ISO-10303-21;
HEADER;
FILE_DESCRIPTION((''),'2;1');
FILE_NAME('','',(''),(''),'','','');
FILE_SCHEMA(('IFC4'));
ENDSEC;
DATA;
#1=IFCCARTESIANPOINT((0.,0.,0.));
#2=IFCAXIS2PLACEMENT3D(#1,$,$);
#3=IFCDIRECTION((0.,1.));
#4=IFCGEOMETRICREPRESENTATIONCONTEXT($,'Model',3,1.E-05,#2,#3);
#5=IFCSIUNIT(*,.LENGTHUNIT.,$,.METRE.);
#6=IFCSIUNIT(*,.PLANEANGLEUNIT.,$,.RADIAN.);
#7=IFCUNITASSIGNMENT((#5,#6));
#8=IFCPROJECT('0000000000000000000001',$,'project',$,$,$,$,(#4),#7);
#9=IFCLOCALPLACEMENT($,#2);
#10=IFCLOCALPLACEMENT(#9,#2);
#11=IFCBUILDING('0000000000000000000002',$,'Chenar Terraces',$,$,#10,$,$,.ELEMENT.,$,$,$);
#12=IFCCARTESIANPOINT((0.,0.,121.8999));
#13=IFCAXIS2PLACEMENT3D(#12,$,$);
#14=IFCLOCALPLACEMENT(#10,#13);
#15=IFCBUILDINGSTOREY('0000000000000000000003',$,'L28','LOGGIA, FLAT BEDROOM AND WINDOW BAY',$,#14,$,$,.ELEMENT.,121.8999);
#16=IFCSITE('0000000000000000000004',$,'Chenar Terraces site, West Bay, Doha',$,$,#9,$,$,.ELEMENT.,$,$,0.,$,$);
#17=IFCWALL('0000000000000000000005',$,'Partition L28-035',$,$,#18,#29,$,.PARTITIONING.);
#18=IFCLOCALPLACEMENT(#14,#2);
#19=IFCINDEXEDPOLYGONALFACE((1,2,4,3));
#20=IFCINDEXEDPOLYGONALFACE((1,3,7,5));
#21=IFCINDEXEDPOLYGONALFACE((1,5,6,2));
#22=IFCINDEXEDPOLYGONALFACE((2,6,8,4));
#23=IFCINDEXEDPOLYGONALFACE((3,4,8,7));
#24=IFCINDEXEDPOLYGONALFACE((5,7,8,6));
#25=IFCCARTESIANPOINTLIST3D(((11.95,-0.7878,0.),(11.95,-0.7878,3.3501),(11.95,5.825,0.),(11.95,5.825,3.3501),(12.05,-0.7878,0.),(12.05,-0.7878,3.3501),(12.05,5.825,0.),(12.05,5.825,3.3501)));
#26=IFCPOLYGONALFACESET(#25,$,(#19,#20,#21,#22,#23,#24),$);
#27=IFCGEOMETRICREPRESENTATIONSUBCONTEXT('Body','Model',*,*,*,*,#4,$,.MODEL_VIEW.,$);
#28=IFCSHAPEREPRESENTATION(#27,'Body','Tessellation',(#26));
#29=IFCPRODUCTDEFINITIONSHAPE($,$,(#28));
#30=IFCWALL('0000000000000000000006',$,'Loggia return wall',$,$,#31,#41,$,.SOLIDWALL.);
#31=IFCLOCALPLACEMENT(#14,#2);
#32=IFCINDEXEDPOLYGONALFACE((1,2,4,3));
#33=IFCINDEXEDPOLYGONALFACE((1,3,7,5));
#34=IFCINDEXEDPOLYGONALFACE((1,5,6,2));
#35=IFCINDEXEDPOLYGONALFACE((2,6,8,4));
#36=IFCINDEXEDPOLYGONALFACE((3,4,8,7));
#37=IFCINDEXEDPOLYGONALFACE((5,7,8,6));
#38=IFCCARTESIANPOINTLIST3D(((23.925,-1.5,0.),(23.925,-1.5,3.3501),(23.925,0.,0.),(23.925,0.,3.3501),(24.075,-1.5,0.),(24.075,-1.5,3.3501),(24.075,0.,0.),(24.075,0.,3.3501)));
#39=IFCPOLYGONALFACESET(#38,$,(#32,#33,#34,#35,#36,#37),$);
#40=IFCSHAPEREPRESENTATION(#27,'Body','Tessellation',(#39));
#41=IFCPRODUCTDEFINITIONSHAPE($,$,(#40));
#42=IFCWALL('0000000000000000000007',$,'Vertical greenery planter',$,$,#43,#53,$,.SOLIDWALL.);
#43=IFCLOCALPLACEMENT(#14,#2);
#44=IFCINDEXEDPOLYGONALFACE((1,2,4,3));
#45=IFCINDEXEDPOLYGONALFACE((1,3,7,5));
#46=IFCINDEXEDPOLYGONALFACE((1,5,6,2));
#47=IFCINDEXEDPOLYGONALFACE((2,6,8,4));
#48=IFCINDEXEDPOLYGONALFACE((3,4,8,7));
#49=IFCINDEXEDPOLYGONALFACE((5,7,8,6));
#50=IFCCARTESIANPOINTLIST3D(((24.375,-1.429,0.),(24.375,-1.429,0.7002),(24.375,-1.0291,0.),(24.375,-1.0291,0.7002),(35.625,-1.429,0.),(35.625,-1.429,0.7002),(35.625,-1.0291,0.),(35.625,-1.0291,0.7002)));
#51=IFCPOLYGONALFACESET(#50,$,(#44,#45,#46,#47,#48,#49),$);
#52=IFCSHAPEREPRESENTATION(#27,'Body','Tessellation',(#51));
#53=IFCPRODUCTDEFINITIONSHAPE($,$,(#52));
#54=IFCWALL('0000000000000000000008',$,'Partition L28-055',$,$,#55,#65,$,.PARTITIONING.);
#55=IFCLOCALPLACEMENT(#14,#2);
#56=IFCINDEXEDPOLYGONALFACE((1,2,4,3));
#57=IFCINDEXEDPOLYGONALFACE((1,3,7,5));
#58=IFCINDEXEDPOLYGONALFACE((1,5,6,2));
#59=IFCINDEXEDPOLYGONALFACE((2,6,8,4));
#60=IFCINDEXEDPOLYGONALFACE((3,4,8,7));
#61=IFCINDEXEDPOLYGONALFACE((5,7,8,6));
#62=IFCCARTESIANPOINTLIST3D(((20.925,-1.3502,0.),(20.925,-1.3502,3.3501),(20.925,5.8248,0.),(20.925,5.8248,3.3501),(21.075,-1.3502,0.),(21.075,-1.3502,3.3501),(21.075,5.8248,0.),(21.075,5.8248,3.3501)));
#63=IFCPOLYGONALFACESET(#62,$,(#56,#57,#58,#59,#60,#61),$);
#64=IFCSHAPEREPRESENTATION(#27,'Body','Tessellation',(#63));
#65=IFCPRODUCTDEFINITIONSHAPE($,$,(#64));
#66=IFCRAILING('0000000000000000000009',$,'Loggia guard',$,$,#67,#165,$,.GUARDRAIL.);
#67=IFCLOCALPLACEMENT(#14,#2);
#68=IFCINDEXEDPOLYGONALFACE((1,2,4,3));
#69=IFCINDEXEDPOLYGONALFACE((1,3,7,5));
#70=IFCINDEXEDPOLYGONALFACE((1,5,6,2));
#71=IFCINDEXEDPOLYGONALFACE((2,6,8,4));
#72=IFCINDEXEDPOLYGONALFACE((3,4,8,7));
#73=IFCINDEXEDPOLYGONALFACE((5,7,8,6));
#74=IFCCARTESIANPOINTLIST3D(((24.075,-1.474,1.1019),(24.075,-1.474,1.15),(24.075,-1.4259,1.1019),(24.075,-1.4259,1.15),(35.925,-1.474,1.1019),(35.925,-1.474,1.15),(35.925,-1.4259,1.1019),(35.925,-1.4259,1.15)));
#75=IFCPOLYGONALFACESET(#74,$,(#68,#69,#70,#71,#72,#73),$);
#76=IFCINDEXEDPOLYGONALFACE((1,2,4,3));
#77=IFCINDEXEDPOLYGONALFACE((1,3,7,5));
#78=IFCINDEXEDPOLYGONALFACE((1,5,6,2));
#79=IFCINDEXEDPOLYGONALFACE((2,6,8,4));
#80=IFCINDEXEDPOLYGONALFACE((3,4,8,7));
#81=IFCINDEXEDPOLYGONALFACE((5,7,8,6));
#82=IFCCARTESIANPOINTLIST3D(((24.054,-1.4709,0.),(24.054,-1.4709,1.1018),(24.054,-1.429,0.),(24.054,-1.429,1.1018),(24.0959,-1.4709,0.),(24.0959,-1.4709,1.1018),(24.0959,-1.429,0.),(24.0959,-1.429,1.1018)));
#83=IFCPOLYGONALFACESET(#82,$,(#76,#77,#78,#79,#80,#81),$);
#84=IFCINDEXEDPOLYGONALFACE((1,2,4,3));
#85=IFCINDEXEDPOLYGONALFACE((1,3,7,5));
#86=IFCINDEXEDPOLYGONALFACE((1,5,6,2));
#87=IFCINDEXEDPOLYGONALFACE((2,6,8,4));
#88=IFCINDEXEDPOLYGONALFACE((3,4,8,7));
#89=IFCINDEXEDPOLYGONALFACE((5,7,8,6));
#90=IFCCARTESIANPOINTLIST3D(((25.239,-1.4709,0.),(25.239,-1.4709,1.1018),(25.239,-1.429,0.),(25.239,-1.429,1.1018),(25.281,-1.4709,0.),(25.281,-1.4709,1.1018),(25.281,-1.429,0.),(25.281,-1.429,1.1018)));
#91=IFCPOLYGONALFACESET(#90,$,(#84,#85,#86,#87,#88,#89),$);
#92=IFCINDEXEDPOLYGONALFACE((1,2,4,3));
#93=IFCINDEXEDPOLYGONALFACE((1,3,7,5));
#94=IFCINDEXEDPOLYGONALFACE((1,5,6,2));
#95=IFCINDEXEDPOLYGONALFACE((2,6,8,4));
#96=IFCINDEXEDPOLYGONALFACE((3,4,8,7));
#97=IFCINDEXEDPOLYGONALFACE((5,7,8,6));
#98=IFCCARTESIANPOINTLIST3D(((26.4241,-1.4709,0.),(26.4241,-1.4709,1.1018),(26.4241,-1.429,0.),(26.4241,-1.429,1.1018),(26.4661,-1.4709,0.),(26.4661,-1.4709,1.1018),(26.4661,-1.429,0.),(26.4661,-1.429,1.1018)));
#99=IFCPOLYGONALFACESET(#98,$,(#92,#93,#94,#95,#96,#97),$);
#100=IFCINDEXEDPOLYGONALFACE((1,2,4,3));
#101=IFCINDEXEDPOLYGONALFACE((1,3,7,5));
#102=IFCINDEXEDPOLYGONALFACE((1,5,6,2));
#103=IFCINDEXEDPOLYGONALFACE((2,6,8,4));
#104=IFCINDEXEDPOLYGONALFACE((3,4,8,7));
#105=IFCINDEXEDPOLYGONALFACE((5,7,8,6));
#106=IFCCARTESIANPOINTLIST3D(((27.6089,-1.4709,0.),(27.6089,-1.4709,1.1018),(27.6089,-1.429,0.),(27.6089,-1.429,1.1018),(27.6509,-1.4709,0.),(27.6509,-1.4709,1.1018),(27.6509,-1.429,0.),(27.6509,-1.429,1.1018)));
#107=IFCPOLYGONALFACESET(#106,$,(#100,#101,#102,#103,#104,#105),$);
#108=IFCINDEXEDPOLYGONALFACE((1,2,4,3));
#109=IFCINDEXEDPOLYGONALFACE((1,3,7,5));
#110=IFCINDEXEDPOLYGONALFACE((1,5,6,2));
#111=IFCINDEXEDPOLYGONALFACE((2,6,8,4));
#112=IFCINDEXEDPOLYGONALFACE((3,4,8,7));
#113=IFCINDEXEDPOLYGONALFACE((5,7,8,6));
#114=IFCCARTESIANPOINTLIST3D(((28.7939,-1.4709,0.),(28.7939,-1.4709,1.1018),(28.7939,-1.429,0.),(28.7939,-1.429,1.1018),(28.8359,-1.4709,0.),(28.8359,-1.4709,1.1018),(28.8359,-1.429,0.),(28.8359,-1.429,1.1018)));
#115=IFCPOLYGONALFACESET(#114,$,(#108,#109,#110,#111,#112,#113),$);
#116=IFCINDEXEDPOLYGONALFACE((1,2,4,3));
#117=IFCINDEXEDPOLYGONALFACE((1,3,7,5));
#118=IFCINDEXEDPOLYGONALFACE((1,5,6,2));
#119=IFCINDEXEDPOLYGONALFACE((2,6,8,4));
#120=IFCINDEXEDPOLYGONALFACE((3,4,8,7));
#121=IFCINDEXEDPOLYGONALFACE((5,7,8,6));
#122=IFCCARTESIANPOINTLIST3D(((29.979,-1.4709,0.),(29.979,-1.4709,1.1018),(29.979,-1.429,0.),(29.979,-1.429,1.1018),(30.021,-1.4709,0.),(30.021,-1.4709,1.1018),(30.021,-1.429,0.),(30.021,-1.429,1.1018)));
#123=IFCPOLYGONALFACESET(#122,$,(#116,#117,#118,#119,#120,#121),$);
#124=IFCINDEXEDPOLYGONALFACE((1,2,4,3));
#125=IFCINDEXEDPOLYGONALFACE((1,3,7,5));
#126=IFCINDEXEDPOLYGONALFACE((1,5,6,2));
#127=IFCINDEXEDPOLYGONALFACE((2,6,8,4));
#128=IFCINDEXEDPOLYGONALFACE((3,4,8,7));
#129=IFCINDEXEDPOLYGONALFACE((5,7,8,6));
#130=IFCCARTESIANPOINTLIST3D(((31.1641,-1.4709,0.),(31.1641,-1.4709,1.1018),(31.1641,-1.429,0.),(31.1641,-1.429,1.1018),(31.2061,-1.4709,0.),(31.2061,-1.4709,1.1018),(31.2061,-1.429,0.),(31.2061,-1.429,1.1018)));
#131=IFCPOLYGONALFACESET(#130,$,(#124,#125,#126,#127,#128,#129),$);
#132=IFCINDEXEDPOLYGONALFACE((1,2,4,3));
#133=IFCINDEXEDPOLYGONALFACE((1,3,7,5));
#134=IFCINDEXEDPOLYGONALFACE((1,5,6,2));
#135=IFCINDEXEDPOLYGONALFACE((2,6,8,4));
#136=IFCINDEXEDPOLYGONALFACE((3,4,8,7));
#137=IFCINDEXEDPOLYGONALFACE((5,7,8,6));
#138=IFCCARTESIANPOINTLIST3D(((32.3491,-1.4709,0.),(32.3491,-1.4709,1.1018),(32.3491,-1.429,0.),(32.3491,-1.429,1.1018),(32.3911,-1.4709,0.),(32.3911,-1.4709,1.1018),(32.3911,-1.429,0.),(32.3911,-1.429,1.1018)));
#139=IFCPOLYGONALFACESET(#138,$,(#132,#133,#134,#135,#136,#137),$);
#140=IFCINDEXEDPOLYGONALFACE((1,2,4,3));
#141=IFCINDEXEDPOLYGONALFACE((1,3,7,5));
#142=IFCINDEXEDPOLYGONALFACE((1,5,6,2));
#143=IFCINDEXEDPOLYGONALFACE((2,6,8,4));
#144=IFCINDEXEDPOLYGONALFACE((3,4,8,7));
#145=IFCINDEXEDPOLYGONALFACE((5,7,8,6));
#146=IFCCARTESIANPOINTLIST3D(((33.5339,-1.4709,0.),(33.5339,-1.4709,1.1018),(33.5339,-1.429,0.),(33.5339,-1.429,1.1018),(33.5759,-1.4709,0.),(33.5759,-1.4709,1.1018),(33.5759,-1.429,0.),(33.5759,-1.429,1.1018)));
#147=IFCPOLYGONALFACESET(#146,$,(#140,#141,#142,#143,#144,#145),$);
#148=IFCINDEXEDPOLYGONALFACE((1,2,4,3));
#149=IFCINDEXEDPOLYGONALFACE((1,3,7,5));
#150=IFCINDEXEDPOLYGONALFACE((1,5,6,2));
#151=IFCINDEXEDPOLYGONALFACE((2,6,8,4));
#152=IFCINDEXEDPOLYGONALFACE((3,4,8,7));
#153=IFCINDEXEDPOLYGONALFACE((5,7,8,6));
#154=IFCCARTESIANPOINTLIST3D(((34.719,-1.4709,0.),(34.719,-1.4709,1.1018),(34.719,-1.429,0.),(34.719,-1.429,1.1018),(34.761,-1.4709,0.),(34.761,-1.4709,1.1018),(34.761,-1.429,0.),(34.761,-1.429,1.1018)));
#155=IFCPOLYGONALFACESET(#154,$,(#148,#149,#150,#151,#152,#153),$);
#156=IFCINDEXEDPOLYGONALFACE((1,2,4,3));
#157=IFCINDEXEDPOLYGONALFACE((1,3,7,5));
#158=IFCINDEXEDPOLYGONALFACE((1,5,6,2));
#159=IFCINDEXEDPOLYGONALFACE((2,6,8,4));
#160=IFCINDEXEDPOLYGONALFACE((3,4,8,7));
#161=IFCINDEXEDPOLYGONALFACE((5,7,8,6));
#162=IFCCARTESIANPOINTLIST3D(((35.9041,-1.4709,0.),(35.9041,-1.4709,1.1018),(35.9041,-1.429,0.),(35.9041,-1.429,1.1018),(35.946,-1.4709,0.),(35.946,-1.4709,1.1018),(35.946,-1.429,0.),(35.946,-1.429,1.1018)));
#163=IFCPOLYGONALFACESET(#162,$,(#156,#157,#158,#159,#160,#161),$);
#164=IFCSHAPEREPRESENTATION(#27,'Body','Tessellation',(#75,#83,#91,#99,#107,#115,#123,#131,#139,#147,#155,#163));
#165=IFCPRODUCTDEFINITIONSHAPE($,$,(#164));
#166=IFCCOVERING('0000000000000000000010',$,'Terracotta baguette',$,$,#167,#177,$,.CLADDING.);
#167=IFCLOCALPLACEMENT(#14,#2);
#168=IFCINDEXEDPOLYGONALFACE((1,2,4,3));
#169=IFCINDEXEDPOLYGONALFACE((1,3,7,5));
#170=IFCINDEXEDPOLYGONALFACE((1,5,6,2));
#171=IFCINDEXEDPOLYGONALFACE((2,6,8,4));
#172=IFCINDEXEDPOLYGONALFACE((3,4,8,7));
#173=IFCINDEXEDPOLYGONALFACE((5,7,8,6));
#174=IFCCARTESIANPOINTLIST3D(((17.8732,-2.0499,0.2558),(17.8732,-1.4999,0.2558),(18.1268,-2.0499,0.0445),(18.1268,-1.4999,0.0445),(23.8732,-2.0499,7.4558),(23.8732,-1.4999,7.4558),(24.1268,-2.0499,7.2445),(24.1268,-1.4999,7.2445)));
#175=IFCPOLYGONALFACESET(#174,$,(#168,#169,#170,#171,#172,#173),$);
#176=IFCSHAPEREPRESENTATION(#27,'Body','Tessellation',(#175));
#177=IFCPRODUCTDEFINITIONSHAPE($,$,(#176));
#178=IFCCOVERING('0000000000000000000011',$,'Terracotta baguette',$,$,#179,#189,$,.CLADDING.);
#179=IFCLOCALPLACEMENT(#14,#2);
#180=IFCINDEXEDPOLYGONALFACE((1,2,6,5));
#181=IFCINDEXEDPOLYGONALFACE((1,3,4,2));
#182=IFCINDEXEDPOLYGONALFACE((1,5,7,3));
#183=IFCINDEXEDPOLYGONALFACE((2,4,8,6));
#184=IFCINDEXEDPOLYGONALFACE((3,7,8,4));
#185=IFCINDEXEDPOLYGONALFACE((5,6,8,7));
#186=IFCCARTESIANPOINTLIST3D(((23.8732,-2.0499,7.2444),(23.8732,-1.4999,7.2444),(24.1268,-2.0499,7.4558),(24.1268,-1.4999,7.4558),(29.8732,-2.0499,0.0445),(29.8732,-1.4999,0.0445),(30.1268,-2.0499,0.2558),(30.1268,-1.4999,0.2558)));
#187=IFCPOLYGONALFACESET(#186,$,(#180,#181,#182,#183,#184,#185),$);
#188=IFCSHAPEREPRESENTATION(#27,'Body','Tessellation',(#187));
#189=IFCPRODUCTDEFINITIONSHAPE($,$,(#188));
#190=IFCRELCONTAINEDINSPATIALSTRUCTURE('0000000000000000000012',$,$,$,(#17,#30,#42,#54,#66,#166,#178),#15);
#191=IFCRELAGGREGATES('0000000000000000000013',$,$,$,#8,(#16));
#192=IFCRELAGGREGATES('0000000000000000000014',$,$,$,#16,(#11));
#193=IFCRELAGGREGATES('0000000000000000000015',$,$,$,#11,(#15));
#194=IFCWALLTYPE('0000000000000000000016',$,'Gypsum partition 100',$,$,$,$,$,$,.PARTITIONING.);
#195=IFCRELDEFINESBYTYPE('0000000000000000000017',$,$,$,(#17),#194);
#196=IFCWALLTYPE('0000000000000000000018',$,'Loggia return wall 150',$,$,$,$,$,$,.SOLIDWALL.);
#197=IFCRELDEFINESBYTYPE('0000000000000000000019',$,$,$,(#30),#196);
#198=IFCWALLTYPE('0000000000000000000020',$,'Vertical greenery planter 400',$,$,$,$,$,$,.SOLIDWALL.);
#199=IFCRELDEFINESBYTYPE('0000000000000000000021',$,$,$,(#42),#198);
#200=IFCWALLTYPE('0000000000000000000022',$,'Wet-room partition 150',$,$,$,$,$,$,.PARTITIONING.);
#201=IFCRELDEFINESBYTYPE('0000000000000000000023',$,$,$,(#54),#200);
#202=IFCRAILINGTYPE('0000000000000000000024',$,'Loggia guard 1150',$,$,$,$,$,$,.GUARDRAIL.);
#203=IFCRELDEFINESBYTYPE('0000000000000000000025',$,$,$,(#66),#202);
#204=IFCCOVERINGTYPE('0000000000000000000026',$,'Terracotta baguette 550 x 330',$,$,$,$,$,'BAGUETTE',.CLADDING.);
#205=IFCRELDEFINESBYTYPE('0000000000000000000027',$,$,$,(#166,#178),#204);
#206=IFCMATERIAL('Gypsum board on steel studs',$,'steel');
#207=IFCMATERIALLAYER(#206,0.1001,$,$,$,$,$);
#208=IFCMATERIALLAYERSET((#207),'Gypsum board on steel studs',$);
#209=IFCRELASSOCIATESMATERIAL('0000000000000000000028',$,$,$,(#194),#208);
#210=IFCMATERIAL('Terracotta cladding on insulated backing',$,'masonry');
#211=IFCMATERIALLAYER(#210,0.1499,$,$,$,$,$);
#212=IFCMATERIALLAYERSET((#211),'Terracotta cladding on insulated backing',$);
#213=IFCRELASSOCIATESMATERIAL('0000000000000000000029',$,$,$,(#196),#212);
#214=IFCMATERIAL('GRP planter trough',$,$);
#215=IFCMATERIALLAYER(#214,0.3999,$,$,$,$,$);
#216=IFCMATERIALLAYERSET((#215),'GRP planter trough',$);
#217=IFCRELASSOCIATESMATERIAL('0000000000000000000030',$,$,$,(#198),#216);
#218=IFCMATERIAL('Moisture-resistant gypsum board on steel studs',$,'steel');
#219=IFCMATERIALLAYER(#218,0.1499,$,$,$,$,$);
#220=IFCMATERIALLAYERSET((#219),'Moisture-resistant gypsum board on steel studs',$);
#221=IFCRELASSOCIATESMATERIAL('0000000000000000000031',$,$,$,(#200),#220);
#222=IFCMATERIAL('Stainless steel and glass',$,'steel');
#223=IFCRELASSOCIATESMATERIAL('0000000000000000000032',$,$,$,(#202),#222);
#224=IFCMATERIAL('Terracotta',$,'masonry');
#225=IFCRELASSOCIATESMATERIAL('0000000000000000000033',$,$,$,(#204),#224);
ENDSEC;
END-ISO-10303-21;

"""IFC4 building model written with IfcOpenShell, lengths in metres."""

from ifc_helpers import new_model, si_unit, direction, frame, frame_2d, origin, origin_2d, place, context, subcontext, project, spatial, rectangle, extrude, material, layer, layer_set, material_profile, profile_set, type_object, element, save


model = new_model("IFC4")

# Units and contexts
model_context = context("Model", 3, precision=1e-05, world=origin(), true_north=direction((0.0, 1.0)))
body_context = subcontext(model_context, "Body", "Model", "MODEL_VIEW")
ifc_project = project(units=[si_unit("LENGTHUNIT", "METRE"), si_unit("PLANEANGLEUNIT", "RADIAN")], contexts=[model_context])

# Site, building, storey
site_placement = place(None, origin())
site = spatial("IfcSite", under=ifc_project, at=site_placement, Name="Chenar Terraces site, West Bay, Doha", CompositionType="ELEMENT", RefElevation=0.0)
building_placement = place(site_placement, origin())
building = spatial("IfcBuilding", under=site, at=building_placement, Name="Chenar Terraces", CompositionType="ELEMENT")
storey_placement = place(building_placement, frame((0.0, 0.0, 121.8999)))
storey = spatial("IfcBuildingStorey", under=building, at=storey_placement, Name="L28", Description="LOGGIA, FLAT BEDROOM AND WINDOW BAY", CompositionType="ELEMENT", Elevation=121.8999)

# Walls
ifc_material_1 = material(Name="Gypsum board on steel studs", Category="steel")
ifc_layer_1 = layer(ifc_material_1, 0.1001)
ifc_layer_set_1 = layer_set([ifc_layer_1], Name="Gypsum board on steel studs")
wall_type_1 = type_object("IfcWallType", Name="Gypsum partition 100", PredefinedType="PARTITIONING", material=ifc_layer_set_1)
wall_1_placement = place(storey_placement, frame((12.0, -0.7878, 0.0), z_axis=(0.0, 0.0, 1.0), x_axis=(0.0, 1.0, 0.0)))
element("IfcWall", 1, at=wall_1_placement, inside=storey, type_object=wall_type_1, Name="Partition L28-035", PredefinedType="PARTITIONING", context=body_context, shape_type="SweptSolid", body=[
    extrude(rectangle(XDim=6.6128, YDim=0.1001, at=frame_2d((3.3064, 0.0))), origin(), (0.0, 0.0, 1.0), 3.3501),
])
ifc_material_2 = material(Name="Terracotta cladding on insulated backing", Category="masonry")
ifc_layer_2 = layer(ifc_material_2, 0.1499)
ifc_layer_set_2 = layer_set([ifc_layer_2], Name="Terracotta cladding on insulated backing")
wall_type_2 = type_object("IfcWallType", Name="Loggia return wall 150", PredefinedType="SOLIDWALL", material=ifc_layer_set_2)
wall_2_placement = place(storey_placement, frame((24.0, -1.5, 0.0), z_axis=(0.0, 0.0, 1.0), x_axis=(0.0, 1.0, 0.0)))
element("IfcWall", 2, at=wall_2_placement, inside=storey, type_object=wall_type_2, Name="Loggia return wall", PredefinedType="SOLIDWALL", context=body_context, shape_type="SweptSolid", body=[
    extrude(rectangle(XDim=1.5, YDim=0.1499, at=frame_2d((0.75, 0.0))), origin(), (0.0, 0.0, 1.0), 3.3501),
])
ifc_material_3 = material(Name="GRP planter trough")
ifc_layer_3 = layer(ifc_material_3, 0.3999)
ifc_layer_set_3 = layer_set([ifc_layer_3], Name="GRP planter trough")
wall_type_3 = type_object("IfcWallType", Name="Vertical greenery planter 400", PredefinedType="SOLIDWALL", material=ifc_layer_set_3)
wall_3_placement = place(storey_placement, frame((24.375, -1.229, 0.0), z_axis=(0.0, 0.0, 1.0), x_axis=(1.0, 0.0, 0.0)))
element("IfcWall", 3, at=wall_3_placement, inside=storey, type_object=wall_type_3, Name="Vertical greenery planter", PredefinedType="SOLIDWALL", context=body_context, shape_type="SweptSolid", body=[
    extrude(rectangle(XDim=11.25, YDim=0.3999, at=frame_2d((5.625, 0.0))), origin(), (0.0, 0.0, 1.0), 0.7002),
])
ifc_material_4 = material(Name="Moisture-resistant gypsum board on steel studs", Category="steel")
ifc_layer_4 = layer(ifc_material_4, 0.1499)
ifc_layer_set_4 = layer_set([ifc_layer_4], Name="Moisture-resistant gypsum board on steel studs")
wall_type_4 = type_object("IfcWallType", Name="Wet-room partition 150", PredefinedType="PARTITIONING", material=ifc_layer_set_4)
wall_4_placement = place(storey_placement, frame((21.0, -1.3501, 0.0), z_axis=(0.0, 0.0, 1.0), x_axis=(0.0, 1.0, 0.0)))
element("IfcWall", 4, at=wall_4_placement, inside=storey, type_object=wall_type_4, Name="Partition L28-055", PredefinedType="PARTITIONING", context=body_context, shape_type="SweptSolid", body=[
    extrude(rectangle(XDim=7.175, YDim=0.1499, at=frame_2d((3.5874, 0.0))), origin(), (0.0, 0.0, 1.0), 3.3501),
])

# Railing
ifc_material_5 = material(Name="Stainless steel and glass", Category="steel")
railing_type = type_object("IfcRailingType", Name="Loggia guard 1150", PredefinedType="GUARDRAIL", material=ifc_material_5)
railing_placement = place(storey_placement, frame((24.075, -1.45, 0.0)))
element("IfcRailing", 5, at=railing_placement, inside=storey, type_object=railing_type, Name="Loggia guard", PredefinedType="GUARDRAIL", context=body_context, shape_type="SweptSolid", body=[
    extrude(rectangle(XDim=0.0481, YDim=0.0481, at=origin_2d()), frame((0.0, 0.0, 1.126), z_axis=(1.0, 0.0, 0.0), x_axis=(0.0, 1.0, 0.0)), (0.0, 0.0, 1.0), 11.8501),
    extrude(rectangle(XDim=0.042, YDim=0.042, at=origin_2d()), origin(), (0.0, 0.0, 1.0), 1.1018),
    extrude(rectangle(XDim=0.042, YDim=0.042, at=origin_2d()), frame((1.1851, 0.0, 0.0)), (0.0, 0.0, 1.0), 1.1018),
    extrude(rectangle(XDim=0.042, YDim=0.042, at=origin_2d()), frame((2.3701, 0.0, 0.0)), (0.0, 0.0, 1.0), 1.1018),
    extrude(rectangle(XDim=0.042, YDim=0.042, at=origin_2d()), frame((3.5549, 0.0, 0.0)), (0.0, 0.0, 1.0), 1.1018),
    extrude(rectangle(XDim=0.042, YDim=0.042, at=origin_2d()), frame((4.74, 0.0, 0.0)), (0.0, 0.0, 1.0), 1.1018),
    extrude(rectangle(XDim=0.042, YDim=0.042, at=origin_2d()), frame((5.925, 0.0, 0.0)), (0.0, 0.0, 1.0), 1.1018),
    extrude(rectangle(XDim=0.042, YDim=0.042, at=origin_2d()), frame((7.1101, 0.0, 0.0)), (0.0, 0.0, 1.0), 1.1018),
    extrude(rectangle(XDim=0.042, YDim=0.042, at=origin_2d()), frame((8.2952, 0.0, 0.0)), (0.0, 0.0, 1.0), 1.1018),
    extrude(rectangle(XDim=0.042, YDim=0.042, at=origin_2d()), frame((9.48, 0.0, 0.0)), (0.0, 0.0, 1.0), 1.1018),
    extrude(rectangle(XDim=0.042, YDim=0.042, at=origin_2d()), frame((10.665, 0.0, 0.0)), (0.0, 0.0, 1.0), 1.1018),
    extrude(rectangle(XDim=0.042, YDim=0.042, at=origin_2d()), frame((11.8501, 0.0, 0.0)), (0.0, 0.0, 1.0), 1.1018),
])

# Coverings
ifc_material_6 = material(Name="Terracotta", Category="masonry")
ifc_material_profile_1 = material_profile(ifc_material_6, rectangle(XDim=0.55, YDim=0.3301, at=origin_2d()), Name="Terracotta baguette 550 x 330")
ifc_profile_set_1 = profile_set([ifc_material_profile_1], Name="Terracotta")
covering_type = type_object("IfcCoveringType", Name="Terracotta baguette 550 x 330", ElementType="BAGUETTE", PredefinedType="CLADDING", material=ifc_profile_set_1)
for number, where, z_axis, x_axis, name in (
    (6, (18.0, -1.7749, 0.1501), (0.640187, 0.0, 0.768219), (0.0, 1.0, 0.0), "Terracotta baguette"),
    (7, (24.0, -1.7749, 7.3501), (0.640187, 0.0, -0.768219), (0.0, 1.0, 0.0), "Terracotta baguette"),
):
    element("IfcCovering", number, at=place(storey_placement, frame(where, z_axis=z_axis, x_axis=x_axis)), inside=storey, type_object=covering_type, Name=name, PredefinedType="CLADDING", context=body_context, shape_type="SweptSolid", body=[
        extrude(rectangle(XDim=0.55, YDim=0.3301, at=origin_2d()), origin(), (0.0, 0.0, 1.0), 9.3723),
    ])

save(model, "model.ifc")
